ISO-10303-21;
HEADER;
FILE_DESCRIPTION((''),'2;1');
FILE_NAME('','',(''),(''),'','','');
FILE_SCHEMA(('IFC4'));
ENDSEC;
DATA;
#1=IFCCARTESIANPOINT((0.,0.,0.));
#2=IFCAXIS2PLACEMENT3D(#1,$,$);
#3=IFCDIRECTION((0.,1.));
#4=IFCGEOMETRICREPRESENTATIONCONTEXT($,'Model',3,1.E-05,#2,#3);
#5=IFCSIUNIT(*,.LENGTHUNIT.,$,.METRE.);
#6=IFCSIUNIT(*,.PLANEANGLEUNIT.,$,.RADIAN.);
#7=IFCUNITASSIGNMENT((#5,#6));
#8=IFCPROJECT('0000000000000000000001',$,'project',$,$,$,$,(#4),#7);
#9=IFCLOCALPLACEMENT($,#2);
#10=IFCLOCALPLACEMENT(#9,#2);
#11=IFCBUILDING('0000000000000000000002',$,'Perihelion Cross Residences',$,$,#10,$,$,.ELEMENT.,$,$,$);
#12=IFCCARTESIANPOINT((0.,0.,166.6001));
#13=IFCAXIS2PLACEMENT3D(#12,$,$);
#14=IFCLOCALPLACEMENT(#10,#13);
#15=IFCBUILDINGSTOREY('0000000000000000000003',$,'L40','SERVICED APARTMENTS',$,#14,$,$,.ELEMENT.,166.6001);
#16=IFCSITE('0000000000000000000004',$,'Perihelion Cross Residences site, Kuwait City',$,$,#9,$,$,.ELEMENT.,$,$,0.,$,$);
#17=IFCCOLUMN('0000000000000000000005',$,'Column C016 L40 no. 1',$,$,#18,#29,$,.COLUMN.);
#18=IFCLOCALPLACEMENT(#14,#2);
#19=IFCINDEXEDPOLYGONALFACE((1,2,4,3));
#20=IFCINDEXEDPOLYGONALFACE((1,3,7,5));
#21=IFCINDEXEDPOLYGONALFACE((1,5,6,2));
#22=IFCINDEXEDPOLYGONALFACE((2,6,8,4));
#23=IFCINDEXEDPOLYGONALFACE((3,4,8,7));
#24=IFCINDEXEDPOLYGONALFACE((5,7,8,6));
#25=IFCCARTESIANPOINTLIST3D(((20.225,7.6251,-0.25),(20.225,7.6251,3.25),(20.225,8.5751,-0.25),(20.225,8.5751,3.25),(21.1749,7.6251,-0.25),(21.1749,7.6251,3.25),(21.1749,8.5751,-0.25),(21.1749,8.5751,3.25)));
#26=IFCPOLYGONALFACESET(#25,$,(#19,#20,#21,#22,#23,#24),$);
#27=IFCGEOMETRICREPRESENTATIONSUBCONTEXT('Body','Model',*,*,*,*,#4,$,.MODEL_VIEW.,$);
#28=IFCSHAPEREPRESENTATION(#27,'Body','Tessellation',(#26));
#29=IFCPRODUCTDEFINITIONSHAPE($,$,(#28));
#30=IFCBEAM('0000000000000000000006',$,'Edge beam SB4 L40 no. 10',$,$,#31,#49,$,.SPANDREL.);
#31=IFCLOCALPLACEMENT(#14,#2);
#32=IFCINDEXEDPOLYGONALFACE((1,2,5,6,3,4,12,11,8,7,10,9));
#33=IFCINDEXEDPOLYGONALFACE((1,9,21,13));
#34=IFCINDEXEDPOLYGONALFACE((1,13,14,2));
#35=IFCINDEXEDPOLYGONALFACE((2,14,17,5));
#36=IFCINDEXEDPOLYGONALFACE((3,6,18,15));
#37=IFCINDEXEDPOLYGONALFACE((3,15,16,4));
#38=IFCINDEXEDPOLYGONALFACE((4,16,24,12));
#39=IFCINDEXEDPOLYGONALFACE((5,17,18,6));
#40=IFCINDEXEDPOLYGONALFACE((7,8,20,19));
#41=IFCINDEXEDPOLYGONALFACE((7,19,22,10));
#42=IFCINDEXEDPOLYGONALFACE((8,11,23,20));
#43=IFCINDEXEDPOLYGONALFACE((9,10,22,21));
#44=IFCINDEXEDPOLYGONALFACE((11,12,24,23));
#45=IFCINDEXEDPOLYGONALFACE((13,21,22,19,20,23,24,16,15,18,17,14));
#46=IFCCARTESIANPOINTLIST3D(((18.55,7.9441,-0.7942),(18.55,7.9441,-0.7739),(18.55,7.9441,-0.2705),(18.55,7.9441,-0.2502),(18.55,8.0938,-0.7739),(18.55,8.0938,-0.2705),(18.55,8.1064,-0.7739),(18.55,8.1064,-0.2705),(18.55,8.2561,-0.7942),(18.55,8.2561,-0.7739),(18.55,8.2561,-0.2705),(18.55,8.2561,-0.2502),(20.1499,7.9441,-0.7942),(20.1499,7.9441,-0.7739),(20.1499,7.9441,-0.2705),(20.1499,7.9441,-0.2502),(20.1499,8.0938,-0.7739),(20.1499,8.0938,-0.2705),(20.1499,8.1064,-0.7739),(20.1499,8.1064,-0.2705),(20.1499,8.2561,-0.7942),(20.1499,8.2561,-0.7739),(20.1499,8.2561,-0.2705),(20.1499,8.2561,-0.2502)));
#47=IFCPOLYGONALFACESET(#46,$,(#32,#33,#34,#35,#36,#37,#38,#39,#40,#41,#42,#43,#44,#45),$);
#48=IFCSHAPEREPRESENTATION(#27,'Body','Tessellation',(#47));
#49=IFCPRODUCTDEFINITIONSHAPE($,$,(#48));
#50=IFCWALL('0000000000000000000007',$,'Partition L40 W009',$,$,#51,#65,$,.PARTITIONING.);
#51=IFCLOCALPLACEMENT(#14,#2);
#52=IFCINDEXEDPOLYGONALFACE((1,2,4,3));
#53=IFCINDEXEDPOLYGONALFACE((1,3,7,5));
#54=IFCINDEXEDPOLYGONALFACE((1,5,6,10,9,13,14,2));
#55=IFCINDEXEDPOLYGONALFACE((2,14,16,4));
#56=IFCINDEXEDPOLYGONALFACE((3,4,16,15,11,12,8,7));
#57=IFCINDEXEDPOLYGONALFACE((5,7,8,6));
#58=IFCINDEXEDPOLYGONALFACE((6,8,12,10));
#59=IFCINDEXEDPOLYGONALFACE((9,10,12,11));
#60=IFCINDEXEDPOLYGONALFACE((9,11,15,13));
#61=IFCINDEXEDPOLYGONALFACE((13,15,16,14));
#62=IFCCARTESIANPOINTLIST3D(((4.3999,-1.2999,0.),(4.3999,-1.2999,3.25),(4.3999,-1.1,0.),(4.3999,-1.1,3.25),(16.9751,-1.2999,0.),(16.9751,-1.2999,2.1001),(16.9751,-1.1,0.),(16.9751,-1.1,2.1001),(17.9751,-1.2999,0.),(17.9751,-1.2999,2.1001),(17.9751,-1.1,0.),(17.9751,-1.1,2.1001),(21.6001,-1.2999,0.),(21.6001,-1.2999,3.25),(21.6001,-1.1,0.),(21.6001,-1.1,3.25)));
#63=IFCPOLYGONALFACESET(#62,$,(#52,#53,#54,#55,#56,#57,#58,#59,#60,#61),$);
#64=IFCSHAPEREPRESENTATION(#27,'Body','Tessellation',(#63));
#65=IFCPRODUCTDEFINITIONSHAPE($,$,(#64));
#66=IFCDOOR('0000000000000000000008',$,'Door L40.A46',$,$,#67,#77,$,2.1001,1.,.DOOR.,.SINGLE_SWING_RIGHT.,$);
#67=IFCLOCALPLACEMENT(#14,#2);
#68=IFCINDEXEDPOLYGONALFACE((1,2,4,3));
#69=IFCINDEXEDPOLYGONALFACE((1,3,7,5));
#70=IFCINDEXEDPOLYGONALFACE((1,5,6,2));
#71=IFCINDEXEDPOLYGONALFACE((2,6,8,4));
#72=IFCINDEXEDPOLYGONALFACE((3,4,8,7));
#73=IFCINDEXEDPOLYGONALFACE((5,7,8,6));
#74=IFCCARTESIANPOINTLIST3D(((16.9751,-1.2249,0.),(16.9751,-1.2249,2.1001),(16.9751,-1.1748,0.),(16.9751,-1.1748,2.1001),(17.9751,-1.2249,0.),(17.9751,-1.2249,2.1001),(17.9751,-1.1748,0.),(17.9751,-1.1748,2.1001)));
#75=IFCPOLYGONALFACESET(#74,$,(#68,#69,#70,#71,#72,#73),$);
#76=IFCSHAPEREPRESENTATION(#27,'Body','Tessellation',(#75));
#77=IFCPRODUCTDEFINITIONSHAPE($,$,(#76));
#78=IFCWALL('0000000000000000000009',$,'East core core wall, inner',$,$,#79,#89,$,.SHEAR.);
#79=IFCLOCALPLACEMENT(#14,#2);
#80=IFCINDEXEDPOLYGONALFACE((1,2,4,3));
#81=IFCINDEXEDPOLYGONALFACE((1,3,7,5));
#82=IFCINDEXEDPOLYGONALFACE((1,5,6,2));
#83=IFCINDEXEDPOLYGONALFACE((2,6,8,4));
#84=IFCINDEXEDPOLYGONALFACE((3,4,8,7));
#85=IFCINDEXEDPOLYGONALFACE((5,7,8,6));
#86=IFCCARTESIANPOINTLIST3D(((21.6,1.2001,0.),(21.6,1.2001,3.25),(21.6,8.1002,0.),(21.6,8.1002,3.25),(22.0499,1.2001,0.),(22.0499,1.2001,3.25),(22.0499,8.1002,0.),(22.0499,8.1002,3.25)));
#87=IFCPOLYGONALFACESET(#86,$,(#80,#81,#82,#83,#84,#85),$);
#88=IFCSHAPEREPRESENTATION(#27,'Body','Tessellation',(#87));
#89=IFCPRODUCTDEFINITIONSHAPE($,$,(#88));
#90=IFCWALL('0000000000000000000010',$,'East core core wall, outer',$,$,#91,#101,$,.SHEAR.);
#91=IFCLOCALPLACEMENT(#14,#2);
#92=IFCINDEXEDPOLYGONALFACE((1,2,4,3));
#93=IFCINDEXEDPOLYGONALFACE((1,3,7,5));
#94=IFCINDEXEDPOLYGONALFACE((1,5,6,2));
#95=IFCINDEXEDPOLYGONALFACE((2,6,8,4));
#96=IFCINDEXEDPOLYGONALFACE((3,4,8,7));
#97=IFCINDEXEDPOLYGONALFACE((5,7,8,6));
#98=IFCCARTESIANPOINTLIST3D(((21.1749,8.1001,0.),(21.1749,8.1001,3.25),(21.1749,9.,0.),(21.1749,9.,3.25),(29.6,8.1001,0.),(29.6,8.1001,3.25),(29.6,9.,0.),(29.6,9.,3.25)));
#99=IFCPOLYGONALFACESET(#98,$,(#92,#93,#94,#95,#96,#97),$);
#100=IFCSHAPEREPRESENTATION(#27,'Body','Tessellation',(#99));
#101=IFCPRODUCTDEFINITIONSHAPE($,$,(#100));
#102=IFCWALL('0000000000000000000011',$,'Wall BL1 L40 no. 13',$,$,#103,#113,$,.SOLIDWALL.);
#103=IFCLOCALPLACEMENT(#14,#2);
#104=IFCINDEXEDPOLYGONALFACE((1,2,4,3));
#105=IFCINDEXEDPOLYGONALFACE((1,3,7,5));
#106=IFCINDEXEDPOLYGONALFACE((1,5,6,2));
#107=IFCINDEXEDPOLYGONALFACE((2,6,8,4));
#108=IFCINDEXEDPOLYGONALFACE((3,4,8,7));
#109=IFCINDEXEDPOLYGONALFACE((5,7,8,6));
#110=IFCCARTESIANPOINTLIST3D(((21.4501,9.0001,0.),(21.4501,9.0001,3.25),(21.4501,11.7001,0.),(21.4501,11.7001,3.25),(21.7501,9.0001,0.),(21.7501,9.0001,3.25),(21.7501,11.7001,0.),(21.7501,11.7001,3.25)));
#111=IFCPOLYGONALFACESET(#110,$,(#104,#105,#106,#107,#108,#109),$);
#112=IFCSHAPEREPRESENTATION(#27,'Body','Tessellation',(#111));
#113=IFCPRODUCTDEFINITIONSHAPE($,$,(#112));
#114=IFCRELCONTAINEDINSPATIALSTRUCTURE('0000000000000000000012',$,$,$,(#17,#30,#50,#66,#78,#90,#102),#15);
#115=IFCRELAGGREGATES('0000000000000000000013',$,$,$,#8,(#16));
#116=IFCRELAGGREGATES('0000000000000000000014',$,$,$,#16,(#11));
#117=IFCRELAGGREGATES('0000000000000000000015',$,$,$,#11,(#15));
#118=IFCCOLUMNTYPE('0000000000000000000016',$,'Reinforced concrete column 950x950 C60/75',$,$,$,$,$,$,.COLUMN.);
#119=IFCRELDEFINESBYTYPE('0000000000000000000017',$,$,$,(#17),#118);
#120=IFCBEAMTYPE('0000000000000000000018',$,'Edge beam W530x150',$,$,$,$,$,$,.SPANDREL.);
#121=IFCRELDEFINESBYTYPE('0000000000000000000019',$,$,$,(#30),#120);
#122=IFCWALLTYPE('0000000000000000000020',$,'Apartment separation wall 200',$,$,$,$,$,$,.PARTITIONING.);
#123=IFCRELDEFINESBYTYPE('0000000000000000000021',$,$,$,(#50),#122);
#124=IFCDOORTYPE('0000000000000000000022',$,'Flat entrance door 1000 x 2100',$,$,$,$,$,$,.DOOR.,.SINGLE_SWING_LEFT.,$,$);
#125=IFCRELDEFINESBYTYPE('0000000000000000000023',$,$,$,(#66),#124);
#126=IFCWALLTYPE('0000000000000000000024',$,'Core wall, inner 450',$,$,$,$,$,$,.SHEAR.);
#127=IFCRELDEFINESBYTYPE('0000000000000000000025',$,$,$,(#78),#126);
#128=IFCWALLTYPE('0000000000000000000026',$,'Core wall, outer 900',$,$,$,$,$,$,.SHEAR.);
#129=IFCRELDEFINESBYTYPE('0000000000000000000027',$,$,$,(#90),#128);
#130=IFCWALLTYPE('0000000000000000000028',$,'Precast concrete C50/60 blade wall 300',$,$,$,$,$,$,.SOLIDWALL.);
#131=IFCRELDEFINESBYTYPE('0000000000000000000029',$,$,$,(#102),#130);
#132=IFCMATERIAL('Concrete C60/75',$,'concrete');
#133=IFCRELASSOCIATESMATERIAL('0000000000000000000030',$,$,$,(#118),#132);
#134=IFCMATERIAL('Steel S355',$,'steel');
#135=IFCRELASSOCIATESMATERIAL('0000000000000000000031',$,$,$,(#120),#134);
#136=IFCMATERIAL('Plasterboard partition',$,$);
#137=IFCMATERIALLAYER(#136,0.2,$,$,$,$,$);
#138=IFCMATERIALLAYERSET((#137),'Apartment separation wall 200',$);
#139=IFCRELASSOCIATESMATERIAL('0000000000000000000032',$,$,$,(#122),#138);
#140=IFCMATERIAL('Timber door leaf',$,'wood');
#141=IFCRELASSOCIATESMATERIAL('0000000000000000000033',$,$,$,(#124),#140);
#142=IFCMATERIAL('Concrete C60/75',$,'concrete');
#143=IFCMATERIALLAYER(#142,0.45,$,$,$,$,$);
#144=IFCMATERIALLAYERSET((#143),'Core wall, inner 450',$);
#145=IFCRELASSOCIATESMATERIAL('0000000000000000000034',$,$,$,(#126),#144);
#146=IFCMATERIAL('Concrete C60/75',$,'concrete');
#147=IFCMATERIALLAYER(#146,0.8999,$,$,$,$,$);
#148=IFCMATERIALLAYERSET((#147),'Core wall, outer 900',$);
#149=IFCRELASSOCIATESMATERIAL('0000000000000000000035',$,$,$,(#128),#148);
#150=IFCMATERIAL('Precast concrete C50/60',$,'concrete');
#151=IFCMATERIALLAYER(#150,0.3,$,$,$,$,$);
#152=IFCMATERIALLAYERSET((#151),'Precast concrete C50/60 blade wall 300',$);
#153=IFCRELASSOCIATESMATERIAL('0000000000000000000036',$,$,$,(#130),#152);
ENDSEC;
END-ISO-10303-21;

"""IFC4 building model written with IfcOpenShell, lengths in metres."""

from ifc_helpers import new_model, si_unit, direction, frame, frame_2d, origin, origin_2d, place, context, subcontext, project, spatial, rectangle, i_section, extrude, material, layer, layer_set, material_profile, profile_set, type_object, element, fill, save


model = new_model("IFC4")

# Units and contexts
model_context = context("Model", 3, precision=1e-05, world=origin(), true_north=direction((0.0, 1.0)))
body_context = subcontext(model_context, "Body", "Model", "MODEL_VIEW")
ifc_project = project(units=[si_unit("LENGTHUNIT", "METRE"), si_unit("PLANEANGLEUNIT", "RADIAN")], contexts=[model_context])

# Site, building, storey
site_placement = place(None, origin())
site = spatial("IfcSite", under=ifc_project, at=site_placement, Name="Perihelion Cross Residences site, Kuwait City", CompositionType="ELEMENT", RefElevation=0.0)
building_placement = place(site_placement, origin())
building = spatial("IfcBuilding", under=site, at=building_placement, Name="Perihelion Cross Residences", CompositionType="ELEMENT")
storey_placement = place(building_placement, frame((0.0, 0.0, 166.6001)))
storey = spatial("IfcBuildingStorey", under=building, at=storey_placement, Name="L40", Description="SERVICED APARTMENTS", CompositionType="ELEMENT", Elevation=166.6001)

# Column
ifc_material_1 = material(Name="Concrete C60/75", Category="concrete")
ifc_material_profile_1 = material_profile(ifc_material_1, rectangle(XDim=0.95, YDim=0.95, at=origin_2d()), Name="RC 950x950")
ifc_profile_set_1 = profile_set([ifc_material_profile_1], Name="Concrete C60/75")
column_type = type_object("IfcColumnType", Name="Reinforced concrete column 950x950 C60/75", PredefinedType="COLUMN", material=ifc_profile_set_1)
column_placement = place(storey_placement, frame((20.7, 8.1001, -0.25), z_axis=(0.0, 0.0, 1.0), x_axis=(1.0, 0.0, 0.0)))
element("IfcColumn", 1, at=column_placement, inside=storey, type_object=column_type, Name="Column C016 L40 no. 1", PredefinedType="COLUMN", context=body_context, shape_type="SweptSolid", body=[
    extrude(rectangle(XDim=0.95, YDim=0.95, at=origin_2d()), origin(), (0.0, 0.0, 1.0), 3.5),
])

# Beam
ifc_material_2 = material(Name="Steel S355", Category="steel")
ifc_material_profile_2 = material_profile(ifc_material_2, i_section(OverallWidth=0.312, OverallDepth=0.5439, WebThickness=0.0127, FlangeThickness=0.0203, at=origin_2d()), Name="W530x150")
ifc_profile_set_2 = profile_set([ifc_material_profile_2], Name="Steel S355")
beam_type = type_object("IfcBeamType", Name="Edge beam W530x150", PredefinedType="SPANDREL", material=ifc_profile_set_2)
beam_placement = place(storey_placement, frame((20.1499, 8.1001, -0.5222), z_axis=(-1.0, 0.0, 0.0), x_axis=(0.0, -1.0, 0.0)))
element("IfcBeam", 2, at=beam_placement, inside=storey, type_object=beam_type, Name="Edge beam SB4 L40 no. 10", PredefinedType="SPANDREL", context=body_context, shape_type="SweptSolid", body=[
    extrude(i_section(OverallWidth=0.312, OverallDepth=0.5439, WebThickness=0.0127, FlangeThickness=0.0203, at=origin_2d()), origin(), (0.0, 0.0, 1.0), 1.5999),
])

# Wall, opening, door
ifc_material_3 = material(Name="Plasterboard partition")
ifc_layer_1 = layer(ifc_material_3, 0.2)
ifc_layer_set_1 = layer_set([ifc_layer_1], Name="Apartment separation wall 200")
wall_type_1 = type_object("IfcWallType", Name="Apartment separation wall 200", PredefinedType="PARTITIONING", material=ifc_layer_set_1)
wall_1_placement = place(storey_placement, frame((21.6001, -1.2, 0.0), z_axis=(0.0, 0.0, 1.0), x_axis=(-1.0, 0.0, 0.0)))
wall_1 = element("IfcWall", 3, at=wall_1_placement, inside=storey, type_object=wall_type_1, Name="Partition L40 W009", PredefinedType="PARTITIONING", context=body_context, shape_type="SweptSolid", body=[
    extrude(rectangle(XDim=17.2002, YDim=0.2, at=frame_2d((8.6001, 0.0))), origin(), (0.0, 0.0, 1.0), 3.25),
])
opening_1_placement = place(wall_1_placement, frame((3.625, 0.0, 0.0)))
opening_1 = element("IfcOpeningElement", 4, at=opening_1_placement, cuts=wall_1, PredefinedType="OPENING", context=body_context, shape_type="SweptSolid", body=[
    extrude(rectangle(XDim=1.0, YDim=2.1001, at=frame_2d((0.5, 1.05))), frame((0.0, 0.1099, 0.0), z_axis=(0.0, -1.0, 0.0), x_axis=(1.0, 0.0, 0.0)), (0.0, 0.0, 1.0), 0.22),
])
ifc_material_4 = material(Name="Timber door leaf", Category="wood")
door_type_1 = type_object("IfcDoorType", Name="Flat entrance door 1000 x 2100", OperationType="SINGLE_SWING_LEFT", PredefinedType="DOOR", material=ifc_material_4)
door_1_placement = place(opening_1_placement, origin())
door_1 = element("IfcDoor", 5, at=door_1_placement, inside=storey, type_object=door_type_1, Name="Door L40.A46", OperationType="SINGLE_SWING_RIGHT", OverallHeight=2.1001, OverallWidth=1.0, PredefinedType="DOOR", context=body_context, shape_type="SweptSolid", body=[
    extrude(rectangle(XDim=1.0, YDim=2.1001, at=frame_2d((0.5, 1.05))), frame((0.0, 0.0249, 0.0), z_axis=(0.0, -1.0, 0.0), x_axis=(1.0, 0.0, 0.0)), (0.0, 0.0, 1.0), 0.05),
])
fill(opening_1, door_1)

# Walls
ifc_material_5 = material(Name="Concrete C60/75", Category="concrete")
ifc_layer_2 = layer(ifc_material_5, 0.45)
ifc_layer_set_2 = layer_set([ifc_layer_2], Name="Core wall, inner 450")
wall_type_2 = type_object("IfcWallType", Name="Core wall, inner 450", PredefinedType="SHEAR", material=ifc_layer_set_2)
wall_2_placement = place(storey_placement, frame((21.825, 1.2, 0.0), z_axis=(0.0, 0.0, 1.0), x_axis=(0.0, 1.0, 0.0)))
element("IfcWall", 6, at=wall_2_placement, inside=storey, type_object=wall_type_2, Name="East core core wall, inner", PredefinedType="SHEAR", context=body_context, shape_type="SweptSolid", body=[
    extrude(rectangle(XDim=6.9001, YDim=0.45, at=frame_2d((3.4502, 0.0))), origin(), (0.0, 0.0, 1.0), 3.25),
])
ifc_material_6 = material(Name="Concrete C60/75", Category="concrete")
ifc_layer_3 = layer(ifc_material_6, 0.8999)
ifc_layer_set_3 = layer_set([ifc_layer_3], Name="Core wall, outer 900")
wall_type_3 = type_object("IfcWallType", Name="Core wall, outer 900", PredefinedType="SHEAR", material=ifc_layer_set_3)
wall_3_placement = place(storey_placement, frame((21.175, 8.55, 0.0), z_axis=(0.0, 0.0, 1.0), x_axis=(1.0, 0.0, 0.0)))
element("IfcWall", 7, at=wall_3_placement, inside=storey, type_object=wall_type_3, Name="East core core wall, outer", PredefinedType="SHEAR", context=body_context, shape_type="SweptSolid", body=[
    extrude(rectangle(XDim=8.425, YDim=0.8999, at=frame_2d((4.2124, 0.0))), origin(), (0.0, 0.0, 1.0), 3.25),
])
ifc_material_7 = material(Name="Precast concrete C50/60", Category="concrete")
ifc_layer_4 = layer(ifc_material_7, 0.3)
ifc_layer_set_4 = layer_set([ifc_layer_4], Name="Precast concrete C50/60 blade wall 300")
wall_type_4 = type_object("IfcWallType", Name="Precast concrete C50/60 blade wall 300", PredefinedType="SOLIDWALL", material=ifc_layer_set_4)
wall_4_placement = place(storey_placement, frame((21.6001, 9.0, 0.0), z_axis=(0.0, 0.0, 1.0), x_axis=(0.0, 1.0, 0.0)))
element("IfcWall", 8, at=wall_4_placement, inside=storey, type_object=wall_type_4, Name="Wall BL1 L40 no. 13", PredefinedType="SOLIDWALL", context=body_context, shape_type="SweptSolid", body=[
    extrude(rectangle(XDim=2.7, YDim=0.3, at=frame_2d((1.3501, 0.0))), origin(), (0.0, 0.0, 1.0), 3.25),
])

save(model, "model.ifc")
